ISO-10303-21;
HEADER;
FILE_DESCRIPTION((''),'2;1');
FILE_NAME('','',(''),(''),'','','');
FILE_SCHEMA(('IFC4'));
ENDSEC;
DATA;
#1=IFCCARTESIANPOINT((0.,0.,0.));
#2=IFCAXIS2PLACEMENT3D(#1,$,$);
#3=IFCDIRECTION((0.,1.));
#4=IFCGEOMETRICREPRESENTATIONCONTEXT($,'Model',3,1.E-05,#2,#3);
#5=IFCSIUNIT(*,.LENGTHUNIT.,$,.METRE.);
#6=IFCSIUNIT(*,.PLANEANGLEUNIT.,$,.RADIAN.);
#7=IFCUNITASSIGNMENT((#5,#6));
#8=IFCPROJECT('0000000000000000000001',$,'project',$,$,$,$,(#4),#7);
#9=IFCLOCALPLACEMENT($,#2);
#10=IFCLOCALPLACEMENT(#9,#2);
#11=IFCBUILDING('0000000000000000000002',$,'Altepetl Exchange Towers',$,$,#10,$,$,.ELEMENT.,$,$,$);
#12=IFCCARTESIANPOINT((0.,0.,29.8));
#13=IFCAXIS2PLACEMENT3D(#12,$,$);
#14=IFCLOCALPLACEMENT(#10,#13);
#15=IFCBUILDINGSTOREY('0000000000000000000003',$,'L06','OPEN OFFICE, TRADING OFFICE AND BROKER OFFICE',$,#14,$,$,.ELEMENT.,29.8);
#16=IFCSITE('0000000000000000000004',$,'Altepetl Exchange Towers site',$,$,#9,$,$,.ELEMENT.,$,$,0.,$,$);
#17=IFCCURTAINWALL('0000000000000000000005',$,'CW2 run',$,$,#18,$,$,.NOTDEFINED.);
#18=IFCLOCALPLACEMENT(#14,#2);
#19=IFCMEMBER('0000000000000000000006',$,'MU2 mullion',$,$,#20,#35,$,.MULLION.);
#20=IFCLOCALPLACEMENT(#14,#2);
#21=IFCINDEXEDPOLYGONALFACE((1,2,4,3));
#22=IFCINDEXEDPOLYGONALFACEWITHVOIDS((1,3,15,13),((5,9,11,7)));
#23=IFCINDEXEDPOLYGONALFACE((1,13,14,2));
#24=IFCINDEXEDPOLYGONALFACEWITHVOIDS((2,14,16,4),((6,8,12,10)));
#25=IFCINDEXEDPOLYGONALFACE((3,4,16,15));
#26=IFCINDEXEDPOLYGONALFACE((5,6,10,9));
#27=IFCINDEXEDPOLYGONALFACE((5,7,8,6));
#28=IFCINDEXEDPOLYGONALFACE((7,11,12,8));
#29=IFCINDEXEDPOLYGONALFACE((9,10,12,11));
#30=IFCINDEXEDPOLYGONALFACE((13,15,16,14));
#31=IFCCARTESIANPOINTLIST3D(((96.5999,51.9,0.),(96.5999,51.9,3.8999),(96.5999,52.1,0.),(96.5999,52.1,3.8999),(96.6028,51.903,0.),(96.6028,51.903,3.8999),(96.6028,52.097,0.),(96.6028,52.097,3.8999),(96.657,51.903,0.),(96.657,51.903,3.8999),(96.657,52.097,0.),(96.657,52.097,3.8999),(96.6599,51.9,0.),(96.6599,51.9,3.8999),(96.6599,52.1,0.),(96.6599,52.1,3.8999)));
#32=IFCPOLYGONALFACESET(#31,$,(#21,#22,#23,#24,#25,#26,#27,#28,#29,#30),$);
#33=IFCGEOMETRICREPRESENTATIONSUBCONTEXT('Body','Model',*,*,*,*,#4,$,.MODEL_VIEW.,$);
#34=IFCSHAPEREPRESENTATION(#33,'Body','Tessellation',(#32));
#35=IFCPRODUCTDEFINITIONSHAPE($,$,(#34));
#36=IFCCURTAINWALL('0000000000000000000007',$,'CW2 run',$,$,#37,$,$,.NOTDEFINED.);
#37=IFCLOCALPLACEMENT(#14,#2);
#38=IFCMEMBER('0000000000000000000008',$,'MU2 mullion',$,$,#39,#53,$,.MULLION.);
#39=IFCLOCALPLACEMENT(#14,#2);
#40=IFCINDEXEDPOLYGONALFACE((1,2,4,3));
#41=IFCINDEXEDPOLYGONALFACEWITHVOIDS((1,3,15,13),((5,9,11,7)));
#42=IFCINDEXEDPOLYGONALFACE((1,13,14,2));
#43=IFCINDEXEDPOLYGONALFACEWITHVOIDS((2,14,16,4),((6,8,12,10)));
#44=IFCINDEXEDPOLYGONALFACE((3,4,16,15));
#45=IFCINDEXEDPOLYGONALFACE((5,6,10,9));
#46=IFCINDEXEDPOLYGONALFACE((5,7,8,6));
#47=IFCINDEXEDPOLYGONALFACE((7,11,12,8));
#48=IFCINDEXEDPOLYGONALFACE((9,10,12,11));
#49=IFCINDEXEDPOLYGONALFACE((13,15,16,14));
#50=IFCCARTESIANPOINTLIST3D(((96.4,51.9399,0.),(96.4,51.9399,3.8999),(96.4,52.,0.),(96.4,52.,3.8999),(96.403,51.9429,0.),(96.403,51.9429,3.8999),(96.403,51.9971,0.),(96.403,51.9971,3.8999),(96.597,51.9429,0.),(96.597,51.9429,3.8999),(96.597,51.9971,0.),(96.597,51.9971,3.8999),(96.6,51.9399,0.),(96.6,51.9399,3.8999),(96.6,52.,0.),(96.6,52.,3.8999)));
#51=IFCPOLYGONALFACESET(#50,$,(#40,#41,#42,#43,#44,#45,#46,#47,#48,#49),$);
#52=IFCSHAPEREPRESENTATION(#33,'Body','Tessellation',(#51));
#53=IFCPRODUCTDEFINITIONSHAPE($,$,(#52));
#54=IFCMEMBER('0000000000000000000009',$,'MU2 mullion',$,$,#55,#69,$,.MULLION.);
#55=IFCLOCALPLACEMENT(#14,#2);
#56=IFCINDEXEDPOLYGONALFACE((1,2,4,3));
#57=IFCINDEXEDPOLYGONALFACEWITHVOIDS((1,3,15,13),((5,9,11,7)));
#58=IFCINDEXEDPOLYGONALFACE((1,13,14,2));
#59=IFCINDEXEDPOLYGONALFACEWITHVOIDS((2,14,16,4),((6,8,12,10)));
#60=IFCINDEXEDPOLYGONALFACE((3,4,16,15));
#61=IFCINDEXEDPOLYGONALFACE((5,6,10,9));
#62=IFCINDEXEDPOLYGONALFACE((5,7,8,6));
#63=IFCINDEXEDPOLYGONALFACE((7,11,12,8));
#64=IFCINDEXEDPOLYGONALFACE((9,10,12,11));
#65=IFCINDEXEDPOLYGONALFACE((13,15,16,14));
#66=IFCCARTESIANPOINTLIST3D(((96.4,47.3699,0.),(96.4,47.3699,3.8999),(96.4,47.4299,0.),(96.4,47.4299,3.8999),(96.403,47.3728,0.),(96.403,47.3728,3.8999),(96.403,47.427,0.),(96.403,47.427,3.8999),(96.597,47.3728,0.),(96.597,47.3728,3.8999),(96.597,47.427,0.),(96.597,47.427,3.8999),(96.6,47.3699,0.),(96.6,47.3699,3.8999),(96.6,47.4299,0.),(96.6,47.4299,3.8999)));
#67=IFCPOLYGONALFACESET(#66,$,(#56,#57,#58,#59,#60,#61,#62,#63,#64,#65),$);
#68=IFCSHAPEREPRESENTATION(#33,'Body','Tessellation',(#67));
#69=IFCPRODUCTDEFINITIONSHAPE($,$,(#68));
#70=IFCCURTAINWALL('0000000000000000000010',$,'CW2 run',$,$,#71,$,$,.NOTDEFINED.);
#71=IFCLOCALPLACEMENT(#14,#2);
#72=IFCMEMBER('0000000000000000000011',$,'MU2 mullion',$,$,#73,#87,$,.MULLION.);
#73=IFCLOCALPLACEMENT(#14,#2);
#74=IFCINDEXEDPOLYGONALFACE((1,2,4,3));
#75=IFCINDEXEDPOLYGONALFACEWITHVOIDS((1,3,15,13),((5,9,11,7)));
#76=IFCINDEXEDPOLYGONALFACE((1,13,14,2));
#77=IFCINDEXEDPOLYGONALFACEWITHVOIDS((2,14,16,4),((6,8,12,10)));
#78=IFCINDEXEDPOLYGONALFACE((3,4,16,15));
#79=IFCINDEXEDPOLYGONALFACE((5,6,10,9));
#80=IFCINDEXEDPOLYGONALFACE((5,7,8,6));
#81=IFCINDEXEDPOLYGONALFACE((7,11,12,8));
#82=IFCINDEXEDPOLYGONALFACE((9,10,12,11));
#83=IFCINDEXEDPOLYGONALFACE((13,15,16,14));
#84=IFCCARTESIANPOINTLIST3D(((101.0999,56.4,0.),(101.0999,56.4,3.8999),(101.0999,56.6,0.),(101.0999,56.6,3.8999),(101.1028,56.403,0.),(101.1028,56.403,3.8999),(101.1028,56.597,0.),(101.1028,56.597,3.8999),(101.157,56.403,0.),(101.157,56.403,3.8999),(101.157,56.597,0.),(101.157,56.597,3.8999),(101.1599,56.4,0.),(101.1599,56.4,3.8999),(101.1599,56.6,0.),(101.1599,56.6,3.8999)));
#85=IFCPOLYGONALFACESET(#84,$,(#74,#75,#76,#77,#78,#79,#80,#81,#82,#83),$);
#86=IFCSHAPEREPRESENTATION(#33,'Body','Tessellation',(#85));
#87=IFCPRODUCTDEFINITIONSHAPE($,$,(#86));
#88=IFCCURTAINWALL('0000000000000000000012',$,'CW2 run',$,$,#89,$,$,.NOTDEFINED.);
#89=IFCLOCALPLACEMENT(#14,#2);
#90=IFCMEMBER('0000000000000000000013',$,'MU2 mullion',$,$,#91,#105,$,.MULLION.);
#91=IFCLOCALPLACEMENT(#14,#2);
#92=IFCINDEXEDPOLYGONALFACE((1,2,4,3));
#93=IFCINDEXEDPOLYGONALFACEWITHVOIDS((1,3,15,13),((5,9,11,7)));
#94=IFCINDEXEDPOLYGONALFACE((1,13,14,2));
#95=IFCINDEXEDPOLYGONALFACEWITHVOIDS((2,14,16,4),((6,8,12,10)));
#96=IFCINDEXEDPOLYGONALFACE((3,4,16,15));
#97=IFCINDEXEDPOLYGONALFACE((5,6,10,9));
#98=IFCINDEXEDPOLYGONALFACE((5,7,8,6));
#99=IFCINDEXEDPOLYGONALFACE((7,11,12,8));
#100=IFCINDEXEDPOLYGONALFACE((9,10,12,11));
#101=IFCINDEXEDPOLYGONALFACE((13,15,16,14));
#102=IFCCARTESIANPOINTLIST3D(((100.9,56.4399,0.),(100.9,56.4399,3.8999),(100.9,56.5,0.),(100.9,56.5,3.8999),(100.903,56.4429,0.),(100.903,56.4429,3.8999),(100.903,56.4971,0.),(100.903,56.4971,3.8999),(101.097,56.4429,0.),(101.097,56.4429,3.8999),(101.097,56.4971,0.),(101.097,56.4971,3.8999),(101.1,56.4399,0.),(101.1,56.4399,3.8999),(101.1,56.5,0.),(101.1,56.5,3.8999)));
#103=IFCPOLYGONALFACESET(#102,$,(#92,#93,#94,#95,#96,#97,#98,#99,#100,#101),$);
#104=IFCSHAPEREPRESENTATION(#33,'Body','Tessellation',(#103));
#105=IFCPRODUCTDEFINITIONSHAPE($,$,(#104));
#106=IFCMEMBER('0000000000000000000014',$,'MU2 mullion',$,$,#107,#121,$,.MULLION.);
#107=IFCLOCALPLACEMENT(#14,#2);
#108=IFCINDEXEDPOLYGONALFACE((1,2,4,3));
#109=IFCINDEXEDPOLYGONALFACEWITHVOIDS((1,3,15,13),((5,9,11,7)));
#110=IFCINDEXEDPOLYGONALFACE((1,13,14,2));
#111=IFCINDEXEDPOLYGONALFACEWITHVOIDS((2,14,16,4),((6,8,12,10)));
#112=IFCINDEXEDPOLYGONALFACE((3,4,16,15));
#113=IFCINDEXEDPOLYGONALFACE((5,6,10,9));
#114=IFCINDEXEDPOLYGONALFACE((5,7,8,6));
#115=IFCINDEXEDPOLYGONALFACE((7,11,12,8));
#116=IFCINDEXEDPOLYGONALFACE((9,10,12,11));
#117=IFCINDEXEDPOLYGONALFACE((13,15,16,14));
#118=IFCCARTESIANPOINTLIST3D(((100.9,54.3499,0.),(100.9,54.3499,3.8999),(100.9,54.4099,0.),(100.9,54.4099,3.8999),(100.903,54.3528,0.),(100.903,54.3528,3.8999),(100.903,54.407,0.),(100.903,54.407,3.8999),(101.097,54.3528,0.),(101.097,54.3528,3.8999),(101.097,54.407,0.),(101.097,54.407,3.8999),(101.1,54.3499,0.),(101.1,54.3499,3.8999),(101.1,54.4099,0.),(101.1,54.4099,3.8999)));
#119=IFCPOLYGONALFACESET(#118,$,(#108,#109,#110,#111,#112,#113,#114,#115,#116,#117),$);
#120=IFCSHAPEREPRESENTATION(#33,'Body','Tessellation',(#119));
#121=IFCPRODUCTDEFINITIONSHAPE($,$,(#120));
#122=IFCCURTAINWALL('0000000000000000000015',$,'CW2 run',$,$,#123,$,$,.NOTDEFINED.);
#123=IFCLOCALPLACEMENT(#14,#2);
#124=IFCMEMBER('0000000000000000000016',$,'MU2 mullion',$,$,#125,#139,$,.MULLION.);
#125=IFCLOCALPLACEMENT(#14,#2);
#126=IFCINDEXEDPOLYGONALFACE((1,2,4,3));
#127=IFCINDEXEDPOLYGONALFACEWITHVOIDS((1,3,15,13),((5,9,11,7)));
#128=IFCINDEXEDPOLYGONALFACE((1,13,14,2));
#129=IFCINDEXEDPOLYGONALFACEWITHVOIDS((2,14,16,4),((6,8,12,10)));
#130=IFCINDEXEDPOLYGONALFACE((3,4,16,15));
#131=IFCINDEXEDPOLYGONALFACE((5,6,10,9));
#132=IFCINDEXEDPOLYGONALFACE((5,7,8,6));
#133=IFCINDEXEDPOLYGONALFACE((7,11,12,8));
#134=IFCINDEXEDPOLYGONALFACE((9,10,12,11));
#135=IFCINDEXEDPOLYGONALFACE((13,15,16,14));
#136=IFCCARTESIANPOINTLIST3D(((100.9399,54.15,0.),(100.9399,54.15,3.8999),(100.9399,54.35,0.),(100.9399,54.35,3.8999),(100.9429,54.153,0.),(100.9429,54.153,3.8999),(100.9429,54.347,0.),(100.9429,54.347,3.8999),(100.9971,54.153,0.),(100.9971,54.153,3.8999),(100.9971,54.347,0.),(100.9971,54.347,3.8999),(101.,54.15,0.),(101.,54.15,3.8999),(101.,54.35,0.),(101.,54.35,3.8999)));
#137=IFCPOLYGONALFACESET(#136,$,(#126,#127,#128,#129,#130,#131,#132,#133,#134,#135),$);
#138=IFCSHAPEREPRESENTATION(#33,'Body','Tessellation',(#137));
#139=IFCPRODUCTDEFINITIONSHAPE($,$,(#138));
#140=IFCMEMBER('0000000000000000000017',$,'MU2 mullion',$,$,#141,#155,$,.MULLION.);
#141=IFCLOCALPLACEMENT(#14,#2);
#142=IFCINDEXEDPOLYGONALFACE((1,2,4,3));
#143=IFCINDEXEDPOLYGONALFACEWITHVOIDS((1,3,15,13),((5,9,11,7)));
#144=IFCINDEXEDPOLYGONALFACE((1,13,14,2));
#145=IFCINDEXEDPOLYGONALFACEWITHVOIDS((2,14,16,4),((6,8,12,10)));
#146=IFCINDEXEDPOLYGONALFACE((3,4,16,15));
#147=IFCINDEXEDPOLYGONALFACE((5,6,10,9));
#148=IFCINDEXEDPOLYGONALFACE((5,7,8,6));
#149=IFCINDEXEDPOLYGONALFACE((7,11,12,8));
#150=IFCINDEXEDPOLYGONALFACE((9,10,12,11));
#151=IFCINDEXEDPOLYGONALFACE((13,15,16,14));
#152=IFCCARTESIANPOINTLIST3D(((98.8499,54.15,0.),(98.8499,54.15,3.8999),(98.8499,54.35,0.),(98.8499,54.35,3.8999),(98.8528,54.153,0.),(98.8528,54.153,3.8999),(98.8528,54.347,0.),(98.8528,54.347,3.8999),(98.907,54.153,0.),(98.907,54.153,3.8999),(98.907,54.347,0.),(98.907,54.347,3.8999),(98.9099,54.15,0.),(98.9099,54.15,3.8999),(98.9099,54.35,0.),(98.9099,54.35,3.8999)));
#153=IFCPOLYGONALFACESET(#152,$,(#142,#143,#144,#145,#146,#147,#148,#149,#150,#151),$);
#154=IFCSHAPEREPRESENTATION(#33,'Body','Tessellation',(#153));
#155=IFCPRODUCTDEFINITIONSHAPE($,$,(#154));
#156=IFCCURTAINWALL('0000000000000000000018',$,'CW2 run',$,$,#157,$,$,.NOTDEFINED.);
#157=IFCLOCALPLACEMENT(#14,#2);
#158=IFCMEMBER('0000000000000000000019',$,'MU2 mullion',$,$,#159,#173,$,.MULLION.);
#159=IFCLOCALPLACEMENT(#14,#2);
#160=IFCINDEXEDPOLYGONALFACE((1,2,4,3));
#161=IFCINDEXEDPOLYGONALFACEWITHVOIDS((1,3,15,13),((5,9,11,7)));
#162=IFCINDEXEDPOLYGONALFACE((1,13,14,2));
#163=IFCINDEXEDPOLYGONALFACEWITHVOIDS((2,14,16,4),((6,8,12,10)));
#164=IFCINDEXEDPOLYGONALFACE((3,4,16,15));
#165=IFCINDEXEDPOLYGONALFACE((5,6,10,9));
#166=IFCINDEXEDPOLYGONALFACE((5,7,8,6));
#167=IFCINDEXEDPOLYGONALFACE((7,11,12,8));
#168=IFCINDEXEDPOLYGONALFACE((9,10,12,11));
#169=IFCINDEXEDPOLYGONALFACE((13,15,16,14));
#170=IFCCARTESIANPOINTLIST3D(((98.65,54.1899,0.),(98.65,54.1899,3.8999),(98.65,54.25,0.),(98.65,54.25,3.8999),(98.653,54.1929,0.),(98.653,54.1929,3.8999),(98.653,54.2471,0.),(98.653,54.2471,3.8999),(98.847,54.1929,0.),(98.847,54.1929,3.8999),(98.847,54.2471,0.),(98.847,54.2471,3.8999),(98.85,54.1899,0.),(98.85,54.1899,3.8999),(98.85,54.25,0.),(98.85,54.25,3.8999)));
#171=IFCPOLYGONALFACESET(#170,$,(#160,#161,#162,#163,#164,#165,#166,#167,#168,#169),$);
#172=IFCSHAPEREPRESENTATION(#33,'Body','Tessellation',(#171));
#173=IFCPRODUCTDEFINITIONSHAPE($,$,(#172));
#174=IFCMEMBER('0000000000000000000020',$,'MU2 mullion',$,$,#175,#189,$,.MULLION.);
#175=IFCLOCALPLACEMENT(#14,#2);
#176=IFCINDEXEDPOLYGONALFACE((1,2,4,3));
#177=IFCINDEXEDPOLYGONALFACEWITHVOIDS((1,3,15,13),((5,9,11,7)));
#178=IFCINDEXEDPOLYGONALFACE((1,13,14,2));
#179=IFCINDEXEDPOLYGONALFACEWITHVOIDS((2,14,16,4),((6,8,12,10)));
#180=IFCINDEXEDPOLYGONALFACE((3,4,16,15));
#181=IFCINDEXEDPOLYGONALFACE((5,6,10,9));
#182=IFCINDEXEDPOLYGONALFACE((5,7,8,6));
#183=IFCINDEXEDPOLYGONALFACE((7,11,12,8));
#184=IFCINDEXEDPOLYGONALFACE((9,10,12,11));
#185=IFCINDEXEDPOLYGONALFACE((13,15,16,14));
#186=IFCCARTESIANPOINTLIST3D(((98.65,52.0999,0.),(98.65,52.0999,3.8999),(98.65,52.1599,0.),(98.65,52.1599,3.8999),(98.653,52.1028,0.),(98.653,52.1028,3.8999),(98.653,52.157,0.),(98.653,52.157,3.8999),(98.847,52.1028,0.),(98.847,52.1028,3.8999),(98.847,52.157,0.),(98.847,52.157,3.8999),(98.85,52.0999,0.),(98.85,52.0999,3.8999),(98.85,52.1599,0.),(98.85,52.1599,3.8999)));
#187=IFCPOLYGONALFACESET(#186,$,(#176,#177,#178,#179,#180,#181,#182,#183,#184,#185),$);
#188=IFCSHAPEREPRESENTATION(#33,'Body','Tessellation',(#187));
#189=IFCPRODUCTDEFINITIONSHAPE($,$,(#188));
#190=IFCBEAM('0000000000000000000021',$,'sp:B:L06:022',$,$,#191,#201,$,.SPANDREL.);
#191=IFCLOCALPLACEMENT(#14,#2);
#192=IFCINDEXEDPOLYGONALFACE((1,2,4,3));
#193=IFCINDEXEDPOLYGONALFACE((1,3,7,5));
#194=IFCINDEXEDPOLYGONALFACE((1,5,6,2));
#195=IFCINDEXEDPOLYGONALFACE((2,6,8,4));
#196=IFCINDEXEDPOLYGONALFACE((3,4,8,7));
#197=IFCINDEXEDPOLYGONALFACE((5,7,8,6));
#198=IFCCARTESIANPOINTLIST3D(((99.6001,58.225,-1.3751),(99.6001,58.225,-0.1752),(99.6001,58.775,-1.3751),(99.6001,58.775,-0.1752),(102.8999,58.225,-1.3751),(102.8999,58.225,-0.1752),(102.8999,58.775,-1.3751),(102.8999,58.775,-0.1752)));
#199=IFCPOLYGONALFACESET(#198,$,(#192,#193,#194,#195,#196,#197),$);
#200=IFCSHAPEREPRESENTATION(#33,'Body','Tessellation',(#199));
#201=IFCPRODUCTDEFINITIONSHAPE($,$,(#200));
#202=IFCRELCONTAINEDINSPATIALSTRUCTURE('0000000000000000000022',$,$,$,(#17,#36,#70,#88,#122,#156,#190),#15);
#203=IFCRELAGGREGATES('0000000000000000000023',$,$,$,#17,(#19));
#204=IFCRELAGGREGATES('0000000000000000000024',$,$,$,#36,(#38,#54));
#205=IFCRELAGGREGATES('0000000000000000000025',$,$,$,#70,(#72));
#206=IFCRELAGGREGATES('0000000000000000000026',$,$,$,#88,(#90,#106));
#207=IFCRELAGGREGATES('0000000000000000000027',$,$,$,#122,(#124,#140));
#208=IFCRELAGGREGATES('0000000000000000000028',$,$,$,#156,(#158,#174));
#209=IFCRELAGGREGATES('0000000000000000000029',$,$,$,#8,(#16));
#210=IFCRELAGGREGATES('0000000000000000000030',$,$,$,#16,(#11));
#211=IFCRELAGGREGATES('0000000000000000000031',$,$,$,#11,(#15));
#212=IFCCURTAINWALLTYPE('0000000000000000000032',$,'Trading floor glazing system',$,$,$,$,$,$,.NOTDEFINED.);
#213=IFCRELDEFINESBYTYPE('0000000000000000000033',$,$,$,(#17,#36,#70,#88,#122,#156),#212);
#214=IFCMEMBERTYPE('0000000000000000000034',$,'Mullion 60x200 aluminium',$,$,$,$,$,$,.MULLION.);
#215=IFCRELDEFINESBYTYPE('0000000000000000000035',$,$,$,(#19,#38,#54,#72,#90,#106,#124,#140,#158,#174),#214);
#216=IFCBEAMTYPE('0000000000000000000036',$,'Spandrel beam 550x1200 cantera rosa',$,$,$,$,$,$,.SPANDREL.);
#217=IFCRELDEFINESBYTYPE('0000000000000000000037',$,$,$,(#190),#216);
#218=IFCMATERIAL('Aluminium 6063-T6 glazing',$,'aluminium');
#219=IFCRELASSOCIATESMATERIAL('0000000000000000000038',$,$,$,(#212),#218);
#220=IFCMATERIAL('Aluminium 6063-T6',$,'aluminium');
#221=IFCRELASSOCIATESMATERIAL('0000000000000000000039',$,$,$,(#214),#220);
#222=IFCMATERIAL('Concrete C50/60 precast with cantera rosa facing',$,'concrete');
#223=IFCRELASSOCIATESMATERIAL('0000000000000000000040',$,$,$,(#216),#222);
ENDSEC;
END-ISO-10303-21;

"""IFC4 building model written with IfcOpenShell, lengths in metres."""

from ifc_helpers import new_model, si_unit, direction, frame, origin, origin_2d, place, context, subcontext, project, spatial, rectangle, hollow_rectangle, extrude, material, material_profile, profile_set, type_object, element, aggregate, save


model = new_model("IFC4")

# Units and contexts
model_context = context("Model", 3, precision=1e-05, world=origin(), true_north=direction((0.0, 1.0)))
body_context = subcontext(model_context, "Body", "Model", "MODEL_VIEW")
ifc_project = project(units=[si_unit("LENGTHUNIT", "METRE"), si_unit("PLANEANGLEUNIT", "RADIAN")], contexts=[model_context])

# Site, building, storey
site_placement = place(None, origin())
site = spatial("IfcSite", under=ifc_project, at=site_placement, Name="Altepetl Exchange Towers site", CompositionType="ELEMENT", RefElevation=0.0)
building_placement = place(site_placement, origin())
building = spatial("IfcBuilding", under=site, at=building_placement, Name="Altepetl Exchange Towers", CompositionType="ELEMENT")
storey_placement = place(building_placement, frame((0.0, 0.0, 29.8)))
storey = spatial("IfcBuildingStorey", under=building, at=storey_placement, Name="L06", Description="OPEN OFFICE, TRADING OFFICE AND BROKER OFFICE", CompositionType="ELEMENT", Elevation=29.8)

# Curtain walls, members
ifc_material_1 = material(Name="Aluminium 6063-T6 glazing", Category="aluminium")
curtain_wall_type = type_object("IfcCurtainWallType", Name="Trading floor glazing system", PredefinedType="NOTDEFINED", material=ifc_material_1)
curtain_wall_1_placement = place(storey_placement, origin())
curtain_wall_1 = element("IfcCurtainWall", 1, at=curtain_wall_1_placement, inside=storey, type_object=curtain_wall_type, Name="CW2 run", PredefinedType="NOTDEFINED")
ifc_material_2 = material(Name="Aluminium 6063-T6", Category="aluminium")
ifc_material_profile_1 = material_profile(ifc_material_2, hollow_rectangle(XDim=0.0601, YDim=0.2, WallThickness=0.0029, at=origin_2d()), Name="Mullion 60x200 aluminium")
ifc_profile_set_1 = profile_set([ifc_material_profile_1], Name="Aluminium 6063-T6")
member_type = type_object("IfcMemberType", Name="Mullion 60x200 aluminium", PredefinedType="MULLION", material=ifc_profile_set_1)
member_1_placement = place(storey_placement, frame((96.6299, 52.0, 0.0), z_axis=(0.0, 0.0, 1.0), x_axis=(-1.0, 0.0, 0.0)))
member_1 = element("IfcMember", 2, at=member_1_placement, type_object=member_type, Name="MU2 mullion", PredefinedType="MULLION", context=body_context, shape_type="SweptSolid", body=[
    extrude(hollow_rectangle(XDim=0.0601, YDim=0.2, WallThickness=0.0029, at=origin_2d()), origin(), (0.0, 0.0, 1.0), 3.8999),
])
curtain_wall_2_placement = place(storey_placement, origin())
curtain_wall_2 = element("IfcCurtainWall", 3, at=curtain_wall_2_placement, inside=storey, type_object=curtain_wall_type, Name="CW2 run", PredefinedType="NOTDEFINED")
member_2_placement = place(storey_placement, frame((96.5, 51.97, 0.0), z_axis=(0.0, 0.0, 1.0), x_axis=(0.0, -1.0, 0.0)))
member_2 = element("IfcMember", 4, at=member_2_placement, type_object=member_type, Name="MU2 mullion", PredefinedType="MULLION", context=body_context, shape_type="SweptSolid", body=[
    extrude(hollow_rectangle(XDim=0.0601, YDim=0.2, WallThickness=0.0029, at=origin_2d()), origin(), (0.0, 0.0, 1.0), 3.8999),
])
member_3_placement = place(storey_placement, frame((96.5, 47.3999, 0.0), z_axis=(0.0, 0.0, 1.0), x_axis=(0.0, -1.0, 0.0)))
member_3 = element("IfcMember", 5, at=member_3_placement, type_object=member_type, Name="MU2 mullion", PredefinedType="MULLION", context=body_context, shape_type="SweptSolid", body=[
    extrude(hollow_rectangle(XDim=0.0601, YDim=0.2, WallThickness=0.0029, at=origin_2d()), origin(), (0.0, 0.0, 1.0), 3.8999),
])

# Curtain wall, member
curtain_wall_3_placement = place(storey_placement, origin())
curtain_wall_3 = element("IfcCurtainWall", 6, at=curtain_wall_3_placement, inside=storey, type_object=curtain_wall_type, Name="CW2 run", PredefinedType="NOTDEFINED")
member_4_placement = place(storey_placement, frame((101.1299, 56.5, 0.0), z_axis=(0.0, 0.0, 1.0), x_axis=(-1.0, 0.0, 0.0)))
member_4 = element("IfcMember", 7, at=member_4_placement, type_object=member_type, Name="MU2 mullion", PredefinedType="MULLION", context=body_context, shape_type="SweptSolid", body=[
    extrude(hollow_rectangle(XDim=0.0601, YDim=0.2, WallThickness=0.0029, at=origin_2d()), origin(), (0.0, 0.0, 1.0), 3.8999),
])

# Curtain walls, members
curtain_wall_4_placement = place(storey_placement, origin())
curtain_wall_4 = element("IfcCurtainWall", 8, at=curtain_wall_4_placement, inside=storey, type_object=curtain_wall_type, Name="CW2 run", PredefinedType="NOTDEFINED")
member_5_placement = place(storey_placement, frame((101.0, 56.47, 0.0), z_axis=(0.0, 0.0, 1.0), x_axis=(0.0, -1.0, 0.0)))
member_5 = element("IfcMember", 9, at=member_5_placement, type_object=member_type, Name="MU2 mullion", PredefinedType="MULLION", context=body_context, shape_type="SweptSolid", body=[
    extrude(hollow_rectangle(XDim=0.0601, YDim=0.2, WallThickness=0.0029, at=origin_2d()), origin(), (0.0, 0.0, 1.0), 3.8999),
])
member_6_placement = place(storey_placement, frame((101.0, 54.3799, 0.0), z_axis=(0.0, 0.0, 1.0), x_axis=(0.0, -1.0, 0.0)))
member_6 = element("IfcMember", 10, at=member_6_placement, type_object=member_type, Name="MU2 mullion", PredefinedType="MULLION", context=body_context, shape_type="SweptSolid", body=[
    extrude(hollow_rectangle(XDim=0.0601, YDim=0.2, WallThickness=0.0029, at=origin_2d()), origin(), (0.0, 0.0, 1.0), 3.8999),
])
curtain_wall_5_placement = place(storey_placement, origin())
curtain_wall_5 = element("IfcCurtainWall", 11, at=curtain_wall_5_placement, inside=storey, type_object=curtain_wall_type, Name="CW2 run", PredefinedType="NOTDEFINED")
member_7_placement = place(storey_placement, frame((100.97, 54.25, 0.0), z_axis=(0.0, 0.0, 1.0), x_axis=(-1.0, 0.0, 0.0)))
member_7 = element("IfcMember", 12, at=member_7_placement, type_object=member_type, Name="MU2 mullion", PredefinedType="MULLION", context=body_context, shape_type="SweptSolid", body=[
    extrude(hollow_rectangle(XDim=0.0601, YDim=0.2, WallThickness=0.0029, at=origin_2d()), origin(), (0.0, 0.0, 1.0), 3.8999),
])
member_8_placement = place(storey_placement, frame((98.8799, 54.25, 0.0), z_axis=(0.0, 0.0, 1.0), x_axis=(-1.0, 0.0, 0.0)))
member_8 = element("IfcMember", 13, at=member_8_placement, type_object=member_type, Name="MU2 mullion", PredefinedType="MULLION", context=body_context, shape_type="SweptSolid", body=[
    extrude(hollow_rectangle(XDim=0.0601, YDim=0.2, WallThickness=0.0029, at=origin_2d()), origin(), (0.0, 0.0, 1.0), 3.8999),
])
curtain_wall_6_placement = place(storey_placement, origin())
curtain_wall_6 = element("IfcCurtainWall", 14, at=curtain_wall_6_placement, inside=storey, type_object=curtain_wall_type, Name="CW2 run", PredefinedType="NOTDEFINED")
member_9_placement = place(storey_placement, frame((98.75, 54.22, 0.0), z_axis=(0.0, 0.0, 1.0), x_axis=(0.0, -1.0, 0.0)))
member_9 = element("IfcMember", 15, at=member_9_placement, type_object=member_type, Name="MU2 mullion", PredefinedType="MULLION", context=body_context, shape_type="SweptSolid", body=[
    extrude(hollow_rectangle(XDim=0.0601, YDim=0.2, WallThickness=0.0029, at=origin_2d()), origin(), (0.0, 0.0, 1.0), 3.8999),
])
member_10_placement = place(storey_placement, frame((98.75, 52.1299, 0.0), z_axis=(0.0, 0.0, 1.0), x_axis=(0.0, -1.0, 0.0)))
member_10 = element("IfcMember", 16, at=member_10_placement, type_object=member_type, Name="MU2 mullion", PredefinedType="MULLION", context=body_context, shape_type="SweptSolid", body=[
    extrude(hollow_rectangle(XDim=0.0601, YDim=0.2, WallThickness=0.0029, at=origin_2d()), origin(), (0.0, 0.0, 1.0), 3.8999),
])

# Beam
ifc_material_3 = material(Name="Concrete C50/60 precast with cantera rosa facing", Category="concrete")
ifc_material_profile_2 = material_profile(ifc_material_3, rectangle(XDim=0.55, YDim=1.2, at=origin_2d()), Name="550 x 1200")
ifc_profile_set_2 = profile_set([ifc_material_profile_2], Name="Concrete C50/60 precast with cantera rosa facing")
beam_type_1 = type_object("IfcBeamType", Name="Spandrel beam 550x1200 cantera rosa", PredefinedType="SPANDREL", material=ifc_profile_set_2)
beam_1_placement = place(storey_placement, frame((102.8999, 58.5, -0.7751), z_axis=(-1.0, 0.0, 0.0), x_axis=(0.0, -1.0, 0.0)))
element("IfcBeam", 17, at=beam_1_placement, inside=storey, type_object=beam_type_1, Name="sp:B:L06:022", PredefinedType="SPANDREL", context=body_context, shape_type="SweptSolid", body=[
    extrude(rectangle(XDim=0.55, YDim=1.2, at=origin_2d()), origin(), (0.0, 0.0, 1.0), 3.2998),
])

aggregate(curtain_wall_1, [member_1])
aggregate(curtain_wall_2, [member_2, member_3])
aggregate(curtain_wall_3, [member_4])
aggregate(curtain_wall_4, [member_5, member_6])
aggregate(curtain_wall_5, [member_7, member_8])
aggregate(curtain_wall_6, [member_9, member_10])

save(model, "model.ifc")
